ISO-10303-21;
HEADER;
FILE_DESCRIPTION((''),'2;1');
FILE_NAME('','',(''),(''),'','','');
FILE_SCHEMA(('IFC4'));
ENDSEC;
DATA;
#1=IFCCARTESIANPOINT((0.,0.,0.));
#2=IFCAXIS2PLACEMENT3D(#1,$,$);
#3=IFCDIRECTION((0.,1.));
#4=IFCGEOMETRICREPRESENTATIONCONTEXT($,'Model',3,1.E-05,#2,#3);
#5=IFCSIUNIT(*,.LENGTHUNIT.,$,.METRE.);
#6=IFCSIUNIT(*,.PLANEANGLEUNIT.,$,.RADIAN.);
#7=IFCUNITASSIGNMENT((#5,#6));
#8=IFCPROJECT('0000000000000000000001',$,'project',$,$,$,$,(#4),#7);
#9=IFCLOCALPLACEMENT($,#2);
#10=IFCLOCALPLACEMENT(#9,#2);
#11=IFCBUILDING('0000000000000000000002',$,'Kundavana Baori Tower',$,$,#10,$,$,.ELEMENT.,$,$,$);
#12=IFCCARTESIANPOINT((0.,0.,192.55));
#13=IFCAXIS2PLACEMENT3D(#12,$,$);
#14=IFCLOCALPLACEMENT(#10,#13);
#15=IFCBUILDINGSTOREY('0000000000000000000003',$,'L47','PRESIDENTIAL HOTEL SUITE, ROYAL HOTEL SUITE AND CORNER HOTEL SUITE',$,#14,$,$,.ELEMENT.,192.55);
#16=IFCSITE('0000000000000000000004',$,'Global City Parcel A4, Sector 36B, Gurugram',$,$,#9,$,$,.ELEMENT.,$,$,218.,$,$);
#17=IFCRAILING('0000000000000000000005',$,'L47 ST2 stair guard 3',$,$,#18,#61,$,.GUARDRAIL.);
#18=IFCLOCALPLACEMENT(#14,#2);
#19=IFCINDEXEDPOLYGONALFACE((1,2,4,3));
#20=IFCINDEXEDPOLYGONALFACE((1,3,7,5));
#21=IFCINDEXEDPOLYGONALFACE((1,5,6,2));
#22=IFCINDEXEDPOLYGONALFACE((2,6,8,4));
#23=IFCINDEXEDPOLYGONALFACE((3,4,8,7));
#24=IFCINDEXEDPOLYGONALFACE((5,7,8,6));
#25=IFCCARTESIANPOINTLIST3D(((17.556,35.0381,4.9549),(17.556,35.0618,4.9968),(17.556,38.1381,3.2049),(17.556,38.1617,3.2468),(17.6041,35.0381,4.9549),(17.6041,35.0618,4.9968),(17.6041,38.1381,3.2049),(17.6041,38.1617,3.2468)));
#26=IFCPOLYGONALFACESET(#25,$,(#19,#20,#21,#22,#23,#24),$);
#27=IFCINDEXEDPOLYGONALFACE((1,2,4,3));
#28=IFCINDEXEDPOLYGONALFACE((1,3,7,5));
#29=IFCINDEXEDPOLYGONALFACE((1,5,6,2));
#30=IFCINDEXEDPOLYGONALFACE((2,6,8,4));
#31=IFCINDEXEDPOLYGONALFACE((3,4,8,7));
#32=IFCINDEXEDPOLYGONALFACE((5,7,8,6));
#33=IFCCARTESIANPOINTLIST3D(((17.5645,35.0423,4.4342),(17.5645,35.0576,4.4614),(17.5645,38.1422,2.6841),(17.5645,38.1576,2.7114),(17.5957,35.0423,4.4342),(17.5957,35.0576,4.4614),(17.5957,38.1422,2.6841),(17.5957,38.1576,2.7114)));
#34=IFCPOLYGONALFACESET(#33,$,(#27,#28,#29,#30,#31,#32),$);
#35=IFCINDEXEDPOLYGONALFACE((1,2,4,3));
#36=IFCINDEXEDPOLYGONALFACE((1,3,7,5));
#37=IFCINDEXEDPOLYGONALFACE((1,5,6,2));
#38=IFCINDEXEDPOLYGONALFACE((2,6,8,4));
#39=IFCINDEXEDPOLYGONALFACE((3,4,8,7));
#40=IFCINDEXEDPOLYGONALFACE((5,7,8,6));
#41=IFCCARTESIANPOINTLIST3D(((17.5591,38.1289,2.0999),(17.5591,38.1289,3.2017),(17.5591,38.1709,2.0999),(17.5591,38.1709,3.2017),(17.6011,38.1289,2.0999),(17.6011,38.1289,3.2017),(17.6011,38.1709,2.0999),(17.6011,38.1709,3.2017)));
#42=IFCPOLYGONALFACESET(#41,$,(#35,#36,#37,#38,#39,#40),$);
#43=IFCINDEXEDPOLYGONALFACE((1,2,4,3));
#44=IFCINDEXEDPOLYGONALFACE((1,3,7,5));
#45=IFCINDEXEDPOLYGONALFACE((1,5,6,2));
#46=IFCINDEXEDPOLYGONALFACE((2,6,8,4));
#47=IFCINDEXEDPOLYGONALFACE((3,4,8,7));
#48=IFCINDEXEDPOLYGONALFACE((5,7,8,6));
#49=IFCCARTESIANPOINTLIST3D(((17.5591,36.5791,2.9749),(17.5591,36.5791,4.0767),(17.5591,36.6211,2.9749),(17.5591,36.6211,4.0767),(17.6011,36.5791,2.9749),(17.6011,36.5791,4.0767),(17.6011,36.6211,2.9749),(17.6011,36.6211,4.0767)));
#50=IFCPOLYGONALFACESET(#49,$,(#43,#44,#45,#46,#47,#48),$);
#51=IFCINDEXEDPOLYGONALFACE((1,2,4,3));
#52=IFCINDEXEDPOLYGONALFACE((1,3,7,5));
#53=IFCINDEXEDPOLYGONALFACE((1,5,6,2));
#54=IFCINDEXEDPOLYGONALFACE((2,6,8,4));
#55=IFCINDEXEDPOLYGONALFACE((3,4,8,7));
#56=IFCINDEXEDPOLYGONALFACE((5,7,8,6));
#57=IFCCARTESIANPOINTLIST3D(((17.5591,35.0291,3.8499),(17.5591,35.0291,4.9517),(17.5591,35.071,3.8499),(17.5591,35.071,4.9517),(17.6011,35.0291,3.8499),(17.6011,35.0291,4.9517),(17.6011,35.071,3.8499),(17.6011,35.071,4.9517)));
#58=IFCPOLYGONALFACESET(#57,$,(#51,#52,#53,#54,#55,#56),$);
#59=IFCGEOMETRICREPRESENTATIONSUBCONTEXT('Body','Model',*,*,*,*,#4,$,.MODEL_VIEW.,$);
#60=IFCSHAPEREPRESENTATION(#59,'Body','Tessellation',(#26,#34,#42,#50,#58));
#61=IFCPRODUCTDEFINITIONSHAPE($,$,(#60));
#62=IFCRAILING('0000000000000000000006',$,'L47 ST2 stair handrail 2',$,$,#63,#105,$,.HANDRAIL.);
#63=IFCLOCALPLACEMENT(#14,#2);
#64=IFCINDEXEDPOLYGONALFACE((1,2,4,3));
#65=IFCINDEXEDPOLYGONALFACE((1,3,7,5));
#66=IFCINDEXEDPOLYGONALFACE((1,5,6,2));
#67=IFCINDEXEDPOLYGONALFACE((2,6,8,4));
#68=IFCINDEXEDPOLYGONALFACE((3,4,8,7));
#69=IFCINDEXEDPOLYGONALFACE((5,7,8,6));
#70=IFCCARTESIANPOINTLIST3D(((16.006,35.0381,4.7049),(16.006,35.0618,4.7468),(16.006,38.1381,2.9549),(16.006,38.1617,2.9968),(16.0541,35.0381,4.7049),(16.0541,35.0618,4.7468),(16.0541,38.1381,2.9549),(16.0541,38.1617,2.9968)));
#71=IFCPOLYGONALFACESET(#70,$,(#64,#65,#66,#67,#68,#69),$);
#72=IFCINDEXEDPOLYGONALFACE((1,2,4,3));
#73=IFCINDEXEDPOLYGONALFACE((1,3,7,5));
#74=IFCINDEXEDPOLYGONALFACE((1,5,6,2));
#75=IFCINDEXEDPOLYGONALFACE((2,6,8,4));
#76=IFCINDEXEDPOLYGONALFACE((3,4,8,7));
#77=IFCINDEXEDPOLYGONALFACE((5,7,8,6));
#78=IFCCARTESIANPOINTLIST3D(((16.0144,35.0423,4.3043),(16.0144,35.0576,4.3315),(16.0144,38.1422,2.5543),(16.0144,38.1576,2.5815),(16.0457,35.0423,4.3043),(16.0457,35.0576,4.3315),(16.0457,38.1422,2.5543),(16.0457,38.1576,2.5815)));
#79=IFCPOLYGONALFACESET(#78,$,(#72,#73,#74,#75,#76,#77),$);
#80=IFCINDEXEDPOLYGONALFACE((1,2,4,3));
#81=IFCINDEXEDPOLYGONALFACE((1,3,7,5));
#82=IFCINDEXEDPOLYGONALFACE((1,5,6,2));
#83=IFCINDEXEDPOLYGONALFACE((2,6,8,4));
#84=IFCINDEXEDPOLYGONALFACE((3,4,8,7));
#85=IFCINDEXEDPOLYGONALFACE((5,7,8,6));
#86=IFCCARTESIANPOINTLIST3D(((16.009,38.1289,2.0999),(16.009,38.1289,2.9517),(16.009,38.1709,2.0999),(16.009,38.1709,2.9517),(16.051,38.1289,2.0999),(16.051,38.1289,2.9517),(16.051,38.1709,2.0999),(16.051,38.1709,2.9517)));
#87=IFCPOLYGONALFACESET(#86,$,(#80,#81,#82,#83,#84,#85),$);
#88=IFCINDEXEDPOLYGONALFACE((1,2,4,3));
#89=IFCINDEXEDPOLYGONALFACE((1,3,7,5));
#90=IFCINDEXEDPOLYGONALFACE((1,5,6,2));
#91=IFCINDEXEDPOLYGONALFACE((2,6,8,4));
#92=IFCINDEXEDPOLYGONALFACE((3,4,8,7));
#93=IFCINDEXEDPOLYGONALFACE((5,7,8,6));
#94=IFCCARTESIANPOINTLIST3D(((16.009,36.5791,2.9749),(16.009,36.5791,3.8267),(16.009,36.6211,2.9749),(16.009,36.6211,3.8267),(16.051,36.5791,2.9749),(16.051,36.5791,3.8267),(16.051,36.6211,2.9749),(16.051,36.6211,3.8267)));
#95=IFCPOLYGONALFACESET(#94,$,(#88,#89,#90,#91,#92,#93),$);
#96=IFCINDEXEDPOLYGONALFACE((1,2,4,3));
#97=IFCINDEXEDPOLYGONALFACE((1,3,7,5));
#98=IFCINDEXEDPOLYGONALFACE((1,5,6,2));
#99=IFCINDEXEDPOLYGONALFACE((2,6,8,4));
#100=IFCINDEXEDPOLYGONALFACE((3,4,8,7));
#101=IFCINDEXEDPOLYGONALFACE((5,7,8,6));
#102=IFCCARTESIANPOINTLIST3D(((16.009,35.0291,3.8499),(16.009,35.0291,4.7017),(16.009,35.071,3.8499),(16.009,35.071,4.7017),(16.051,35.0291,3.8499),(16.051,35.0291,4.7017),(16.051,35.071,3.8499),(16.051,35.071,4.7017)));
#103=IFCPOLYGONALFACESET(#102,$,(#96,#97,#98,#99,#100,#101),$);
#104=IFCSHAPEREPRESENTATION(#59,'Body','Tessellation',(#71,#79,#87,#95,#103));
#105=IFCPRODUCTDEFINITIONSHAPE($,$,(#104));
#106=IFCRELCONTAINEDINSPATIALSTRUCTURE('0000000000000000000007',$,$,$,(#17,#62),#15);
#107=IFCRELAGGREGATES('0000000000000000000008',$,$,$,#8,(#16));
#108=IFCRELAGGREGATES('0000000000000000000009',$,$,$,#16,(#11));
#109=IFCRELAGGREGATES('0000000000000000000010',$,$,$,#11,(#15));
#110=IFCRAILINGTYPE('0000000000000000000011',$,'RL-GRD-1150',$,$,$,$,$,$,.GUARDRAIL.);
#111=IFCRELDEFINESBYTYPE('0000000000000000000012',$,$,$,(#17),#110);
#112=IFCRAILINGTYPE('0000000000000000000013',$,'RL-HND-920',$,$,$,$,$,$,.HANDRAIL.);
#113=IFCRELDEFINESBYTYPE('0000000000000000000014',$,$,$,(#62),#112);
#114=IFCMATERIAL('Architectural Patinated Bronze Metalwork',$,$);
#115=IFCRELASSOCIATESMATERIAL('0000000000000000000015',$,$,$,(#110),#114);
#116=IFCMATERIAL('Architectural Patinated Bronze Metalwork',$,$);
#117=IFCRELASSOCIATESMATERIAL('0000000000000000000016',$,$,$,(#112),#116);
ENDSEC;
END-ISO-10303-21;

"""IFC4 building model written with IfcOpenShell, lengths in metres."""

from ifc_helpers import new_model, si_unit, direction, frame, origin, origin_2d, place, context, subcontext, project, spatial, rectangle, extrude, material, type_object, element, save


model = new_model("IFC4")

# Units and contexts
model_context = context("Model", 3, precision=1e-05, world=origin(), true_north=direction((0.0, 1.0)))
body_context = subcontext(model_context, "Body", "Model", "MODEL_VIEW")
ifc_project = project(units=[si_unit("LENGTHUNIT", "METRE"), si_unit("PLANEANGLEUNIT", "RADIAN")], contexts=[model_context])

# Site, building, storey
site_placement = place(None, origin())
site = spatial("IfcSite", under=ifc_project, at=site_placement, Name="Global City Parcel A4, Sector 36B, Gurugram", CompositionType="ELEMENT", RefElevation=218.0)
building_placement = place(site_placement, origin())
building = spatial("IfcBuilding", under=site, at=building_placement, Name="Kundavana Baori Tower", CompositionType="ELEMENT")
storey_placement = place(building_placement, frame((0.0, 0.0, 192.55)))
storey = spatial("IfcBuildingStorey", under=building, at=storey_placement, Name="L47", Description="PRESIDENTIAL HOTEL SUITE, ROYAL HOTEL SUITE AND CORNER HOTEL SUITE", CompositionType="ELEMENT", Elevation=192.55)

# Railings
ifc_material_1 = material(Name="Architectural Patinated Bronze Metalwork")
railing_type_1 = type_object("IfcRailingType", Name="RL-GRD-1150", PredefinedType="GUARDRAIL", material=ifc_material_1)
railing_1_placement = place(storey_placement, frame((17.5801, 38.1499, 2.0999)))
element("IfcRailing", 1, at=railing_1_placement, inside=storey, type_object=railing_type_1, Name="L47 ST2 stair guard 3", PredefinedType="GUARDRAIL", context=body_context, shape_type="SweptSolid", body=[
    extrude(rectangle(XDim=0.0481, YDim=0.0481, at=origin_2d()), frame((0.0, 0.0, 1.126), z_axis=(0.0, -0.870814, 0.491612), x_axis=(1.0, 0.0, 0.0)), (0.0, 0.0, 1.0), 3.5598),
    extrude(rectangle(XDim=0.0312, YDim=0.0312, at=origin_2d()), frame((0.0, 0.0, 0.5979), z_axis=(0.0, -0.870814, 0.491612), x_axis=(1.0, 0.0, 0.0)), (0.0, 0.0, 1.0), 3.5598),
    extrude(rectangle(XDim=0.042, YDim=0.042, at=origin_2d()), origin(), (0.0, 0.0, 1.0), 1.1018),
    extrude(rectangle(XDim=0.042, YDim=0.042, at=origin_2d()), frame((0.0, -1.5498, 0.875)), (0.0, 0.0, 1.0), 1.1018),
    extrude(rectangle(XDim=0.042, YDim=0.042, at=origin_2d()), frame((0.0, -3.0999, 1.75)), (0.0, 0.0, 1.0), 1.1018),
])
ifc_material_2 = material(Name="Architectural Patinated Bronze Metalwork")
railing_type_2 = type_object("IfcRailingType", Name="RL-HND-920", PredefinedType="HANDRAIL", material=ifc_material_2)
railing_2_placement = place(storey_placement, frame((16.03, 38.1499, 2.0999)))
element("IfcRailing", 2, at=railing_2_placement, inside=storey, type_object=railing_type_2, Name="L47 ST2 stair handrail 2", PredefinedType="HANDRAIL", context=body_context, shape_type="SweptSolid", body=[
    extrude(rectangle(XDim=0.0481, YDim=0.0481, at=origin_2d()), frame((0.0, 0.0, 0.876), z_axis=(0.0, -0.870814, 0.491612), x_axis=(1.0, 0.0, 0.0)), (0.0, 0.0, 1.0), 3.5598),
    extrude(rectangle(XDim=0.0312, YDim=0.0312, at=origin_2d()), frame((0.0, 0.0, 0.468), z_axis=(0.0, -0.870814, 0.491612), x_axis=(1.0, 0.0, 0.0)), (0.0, 0.0, 1.0), 3.5598),
    extrude(rectangle(XDim=0.042, YDim=0.042, at=origin_2d()), origin(), (0.0, 0.0, 1.0), 0.8518),
    extrude(rectangle(XDim=0.042, YDim=0.042, at=origin_2d()), frame((0.0, -1.5498, 0.875)), (0.0, 0.0, 1.0), 0.8518),
    extrude(rectangle(XDim=0.042, YDim=0.042, at=origin_2d()), frame((0.0, -3.0999, 1.75)), (0.0, 0.0, 1.0), 0.8518),
])

save(model, "model.ifc")
